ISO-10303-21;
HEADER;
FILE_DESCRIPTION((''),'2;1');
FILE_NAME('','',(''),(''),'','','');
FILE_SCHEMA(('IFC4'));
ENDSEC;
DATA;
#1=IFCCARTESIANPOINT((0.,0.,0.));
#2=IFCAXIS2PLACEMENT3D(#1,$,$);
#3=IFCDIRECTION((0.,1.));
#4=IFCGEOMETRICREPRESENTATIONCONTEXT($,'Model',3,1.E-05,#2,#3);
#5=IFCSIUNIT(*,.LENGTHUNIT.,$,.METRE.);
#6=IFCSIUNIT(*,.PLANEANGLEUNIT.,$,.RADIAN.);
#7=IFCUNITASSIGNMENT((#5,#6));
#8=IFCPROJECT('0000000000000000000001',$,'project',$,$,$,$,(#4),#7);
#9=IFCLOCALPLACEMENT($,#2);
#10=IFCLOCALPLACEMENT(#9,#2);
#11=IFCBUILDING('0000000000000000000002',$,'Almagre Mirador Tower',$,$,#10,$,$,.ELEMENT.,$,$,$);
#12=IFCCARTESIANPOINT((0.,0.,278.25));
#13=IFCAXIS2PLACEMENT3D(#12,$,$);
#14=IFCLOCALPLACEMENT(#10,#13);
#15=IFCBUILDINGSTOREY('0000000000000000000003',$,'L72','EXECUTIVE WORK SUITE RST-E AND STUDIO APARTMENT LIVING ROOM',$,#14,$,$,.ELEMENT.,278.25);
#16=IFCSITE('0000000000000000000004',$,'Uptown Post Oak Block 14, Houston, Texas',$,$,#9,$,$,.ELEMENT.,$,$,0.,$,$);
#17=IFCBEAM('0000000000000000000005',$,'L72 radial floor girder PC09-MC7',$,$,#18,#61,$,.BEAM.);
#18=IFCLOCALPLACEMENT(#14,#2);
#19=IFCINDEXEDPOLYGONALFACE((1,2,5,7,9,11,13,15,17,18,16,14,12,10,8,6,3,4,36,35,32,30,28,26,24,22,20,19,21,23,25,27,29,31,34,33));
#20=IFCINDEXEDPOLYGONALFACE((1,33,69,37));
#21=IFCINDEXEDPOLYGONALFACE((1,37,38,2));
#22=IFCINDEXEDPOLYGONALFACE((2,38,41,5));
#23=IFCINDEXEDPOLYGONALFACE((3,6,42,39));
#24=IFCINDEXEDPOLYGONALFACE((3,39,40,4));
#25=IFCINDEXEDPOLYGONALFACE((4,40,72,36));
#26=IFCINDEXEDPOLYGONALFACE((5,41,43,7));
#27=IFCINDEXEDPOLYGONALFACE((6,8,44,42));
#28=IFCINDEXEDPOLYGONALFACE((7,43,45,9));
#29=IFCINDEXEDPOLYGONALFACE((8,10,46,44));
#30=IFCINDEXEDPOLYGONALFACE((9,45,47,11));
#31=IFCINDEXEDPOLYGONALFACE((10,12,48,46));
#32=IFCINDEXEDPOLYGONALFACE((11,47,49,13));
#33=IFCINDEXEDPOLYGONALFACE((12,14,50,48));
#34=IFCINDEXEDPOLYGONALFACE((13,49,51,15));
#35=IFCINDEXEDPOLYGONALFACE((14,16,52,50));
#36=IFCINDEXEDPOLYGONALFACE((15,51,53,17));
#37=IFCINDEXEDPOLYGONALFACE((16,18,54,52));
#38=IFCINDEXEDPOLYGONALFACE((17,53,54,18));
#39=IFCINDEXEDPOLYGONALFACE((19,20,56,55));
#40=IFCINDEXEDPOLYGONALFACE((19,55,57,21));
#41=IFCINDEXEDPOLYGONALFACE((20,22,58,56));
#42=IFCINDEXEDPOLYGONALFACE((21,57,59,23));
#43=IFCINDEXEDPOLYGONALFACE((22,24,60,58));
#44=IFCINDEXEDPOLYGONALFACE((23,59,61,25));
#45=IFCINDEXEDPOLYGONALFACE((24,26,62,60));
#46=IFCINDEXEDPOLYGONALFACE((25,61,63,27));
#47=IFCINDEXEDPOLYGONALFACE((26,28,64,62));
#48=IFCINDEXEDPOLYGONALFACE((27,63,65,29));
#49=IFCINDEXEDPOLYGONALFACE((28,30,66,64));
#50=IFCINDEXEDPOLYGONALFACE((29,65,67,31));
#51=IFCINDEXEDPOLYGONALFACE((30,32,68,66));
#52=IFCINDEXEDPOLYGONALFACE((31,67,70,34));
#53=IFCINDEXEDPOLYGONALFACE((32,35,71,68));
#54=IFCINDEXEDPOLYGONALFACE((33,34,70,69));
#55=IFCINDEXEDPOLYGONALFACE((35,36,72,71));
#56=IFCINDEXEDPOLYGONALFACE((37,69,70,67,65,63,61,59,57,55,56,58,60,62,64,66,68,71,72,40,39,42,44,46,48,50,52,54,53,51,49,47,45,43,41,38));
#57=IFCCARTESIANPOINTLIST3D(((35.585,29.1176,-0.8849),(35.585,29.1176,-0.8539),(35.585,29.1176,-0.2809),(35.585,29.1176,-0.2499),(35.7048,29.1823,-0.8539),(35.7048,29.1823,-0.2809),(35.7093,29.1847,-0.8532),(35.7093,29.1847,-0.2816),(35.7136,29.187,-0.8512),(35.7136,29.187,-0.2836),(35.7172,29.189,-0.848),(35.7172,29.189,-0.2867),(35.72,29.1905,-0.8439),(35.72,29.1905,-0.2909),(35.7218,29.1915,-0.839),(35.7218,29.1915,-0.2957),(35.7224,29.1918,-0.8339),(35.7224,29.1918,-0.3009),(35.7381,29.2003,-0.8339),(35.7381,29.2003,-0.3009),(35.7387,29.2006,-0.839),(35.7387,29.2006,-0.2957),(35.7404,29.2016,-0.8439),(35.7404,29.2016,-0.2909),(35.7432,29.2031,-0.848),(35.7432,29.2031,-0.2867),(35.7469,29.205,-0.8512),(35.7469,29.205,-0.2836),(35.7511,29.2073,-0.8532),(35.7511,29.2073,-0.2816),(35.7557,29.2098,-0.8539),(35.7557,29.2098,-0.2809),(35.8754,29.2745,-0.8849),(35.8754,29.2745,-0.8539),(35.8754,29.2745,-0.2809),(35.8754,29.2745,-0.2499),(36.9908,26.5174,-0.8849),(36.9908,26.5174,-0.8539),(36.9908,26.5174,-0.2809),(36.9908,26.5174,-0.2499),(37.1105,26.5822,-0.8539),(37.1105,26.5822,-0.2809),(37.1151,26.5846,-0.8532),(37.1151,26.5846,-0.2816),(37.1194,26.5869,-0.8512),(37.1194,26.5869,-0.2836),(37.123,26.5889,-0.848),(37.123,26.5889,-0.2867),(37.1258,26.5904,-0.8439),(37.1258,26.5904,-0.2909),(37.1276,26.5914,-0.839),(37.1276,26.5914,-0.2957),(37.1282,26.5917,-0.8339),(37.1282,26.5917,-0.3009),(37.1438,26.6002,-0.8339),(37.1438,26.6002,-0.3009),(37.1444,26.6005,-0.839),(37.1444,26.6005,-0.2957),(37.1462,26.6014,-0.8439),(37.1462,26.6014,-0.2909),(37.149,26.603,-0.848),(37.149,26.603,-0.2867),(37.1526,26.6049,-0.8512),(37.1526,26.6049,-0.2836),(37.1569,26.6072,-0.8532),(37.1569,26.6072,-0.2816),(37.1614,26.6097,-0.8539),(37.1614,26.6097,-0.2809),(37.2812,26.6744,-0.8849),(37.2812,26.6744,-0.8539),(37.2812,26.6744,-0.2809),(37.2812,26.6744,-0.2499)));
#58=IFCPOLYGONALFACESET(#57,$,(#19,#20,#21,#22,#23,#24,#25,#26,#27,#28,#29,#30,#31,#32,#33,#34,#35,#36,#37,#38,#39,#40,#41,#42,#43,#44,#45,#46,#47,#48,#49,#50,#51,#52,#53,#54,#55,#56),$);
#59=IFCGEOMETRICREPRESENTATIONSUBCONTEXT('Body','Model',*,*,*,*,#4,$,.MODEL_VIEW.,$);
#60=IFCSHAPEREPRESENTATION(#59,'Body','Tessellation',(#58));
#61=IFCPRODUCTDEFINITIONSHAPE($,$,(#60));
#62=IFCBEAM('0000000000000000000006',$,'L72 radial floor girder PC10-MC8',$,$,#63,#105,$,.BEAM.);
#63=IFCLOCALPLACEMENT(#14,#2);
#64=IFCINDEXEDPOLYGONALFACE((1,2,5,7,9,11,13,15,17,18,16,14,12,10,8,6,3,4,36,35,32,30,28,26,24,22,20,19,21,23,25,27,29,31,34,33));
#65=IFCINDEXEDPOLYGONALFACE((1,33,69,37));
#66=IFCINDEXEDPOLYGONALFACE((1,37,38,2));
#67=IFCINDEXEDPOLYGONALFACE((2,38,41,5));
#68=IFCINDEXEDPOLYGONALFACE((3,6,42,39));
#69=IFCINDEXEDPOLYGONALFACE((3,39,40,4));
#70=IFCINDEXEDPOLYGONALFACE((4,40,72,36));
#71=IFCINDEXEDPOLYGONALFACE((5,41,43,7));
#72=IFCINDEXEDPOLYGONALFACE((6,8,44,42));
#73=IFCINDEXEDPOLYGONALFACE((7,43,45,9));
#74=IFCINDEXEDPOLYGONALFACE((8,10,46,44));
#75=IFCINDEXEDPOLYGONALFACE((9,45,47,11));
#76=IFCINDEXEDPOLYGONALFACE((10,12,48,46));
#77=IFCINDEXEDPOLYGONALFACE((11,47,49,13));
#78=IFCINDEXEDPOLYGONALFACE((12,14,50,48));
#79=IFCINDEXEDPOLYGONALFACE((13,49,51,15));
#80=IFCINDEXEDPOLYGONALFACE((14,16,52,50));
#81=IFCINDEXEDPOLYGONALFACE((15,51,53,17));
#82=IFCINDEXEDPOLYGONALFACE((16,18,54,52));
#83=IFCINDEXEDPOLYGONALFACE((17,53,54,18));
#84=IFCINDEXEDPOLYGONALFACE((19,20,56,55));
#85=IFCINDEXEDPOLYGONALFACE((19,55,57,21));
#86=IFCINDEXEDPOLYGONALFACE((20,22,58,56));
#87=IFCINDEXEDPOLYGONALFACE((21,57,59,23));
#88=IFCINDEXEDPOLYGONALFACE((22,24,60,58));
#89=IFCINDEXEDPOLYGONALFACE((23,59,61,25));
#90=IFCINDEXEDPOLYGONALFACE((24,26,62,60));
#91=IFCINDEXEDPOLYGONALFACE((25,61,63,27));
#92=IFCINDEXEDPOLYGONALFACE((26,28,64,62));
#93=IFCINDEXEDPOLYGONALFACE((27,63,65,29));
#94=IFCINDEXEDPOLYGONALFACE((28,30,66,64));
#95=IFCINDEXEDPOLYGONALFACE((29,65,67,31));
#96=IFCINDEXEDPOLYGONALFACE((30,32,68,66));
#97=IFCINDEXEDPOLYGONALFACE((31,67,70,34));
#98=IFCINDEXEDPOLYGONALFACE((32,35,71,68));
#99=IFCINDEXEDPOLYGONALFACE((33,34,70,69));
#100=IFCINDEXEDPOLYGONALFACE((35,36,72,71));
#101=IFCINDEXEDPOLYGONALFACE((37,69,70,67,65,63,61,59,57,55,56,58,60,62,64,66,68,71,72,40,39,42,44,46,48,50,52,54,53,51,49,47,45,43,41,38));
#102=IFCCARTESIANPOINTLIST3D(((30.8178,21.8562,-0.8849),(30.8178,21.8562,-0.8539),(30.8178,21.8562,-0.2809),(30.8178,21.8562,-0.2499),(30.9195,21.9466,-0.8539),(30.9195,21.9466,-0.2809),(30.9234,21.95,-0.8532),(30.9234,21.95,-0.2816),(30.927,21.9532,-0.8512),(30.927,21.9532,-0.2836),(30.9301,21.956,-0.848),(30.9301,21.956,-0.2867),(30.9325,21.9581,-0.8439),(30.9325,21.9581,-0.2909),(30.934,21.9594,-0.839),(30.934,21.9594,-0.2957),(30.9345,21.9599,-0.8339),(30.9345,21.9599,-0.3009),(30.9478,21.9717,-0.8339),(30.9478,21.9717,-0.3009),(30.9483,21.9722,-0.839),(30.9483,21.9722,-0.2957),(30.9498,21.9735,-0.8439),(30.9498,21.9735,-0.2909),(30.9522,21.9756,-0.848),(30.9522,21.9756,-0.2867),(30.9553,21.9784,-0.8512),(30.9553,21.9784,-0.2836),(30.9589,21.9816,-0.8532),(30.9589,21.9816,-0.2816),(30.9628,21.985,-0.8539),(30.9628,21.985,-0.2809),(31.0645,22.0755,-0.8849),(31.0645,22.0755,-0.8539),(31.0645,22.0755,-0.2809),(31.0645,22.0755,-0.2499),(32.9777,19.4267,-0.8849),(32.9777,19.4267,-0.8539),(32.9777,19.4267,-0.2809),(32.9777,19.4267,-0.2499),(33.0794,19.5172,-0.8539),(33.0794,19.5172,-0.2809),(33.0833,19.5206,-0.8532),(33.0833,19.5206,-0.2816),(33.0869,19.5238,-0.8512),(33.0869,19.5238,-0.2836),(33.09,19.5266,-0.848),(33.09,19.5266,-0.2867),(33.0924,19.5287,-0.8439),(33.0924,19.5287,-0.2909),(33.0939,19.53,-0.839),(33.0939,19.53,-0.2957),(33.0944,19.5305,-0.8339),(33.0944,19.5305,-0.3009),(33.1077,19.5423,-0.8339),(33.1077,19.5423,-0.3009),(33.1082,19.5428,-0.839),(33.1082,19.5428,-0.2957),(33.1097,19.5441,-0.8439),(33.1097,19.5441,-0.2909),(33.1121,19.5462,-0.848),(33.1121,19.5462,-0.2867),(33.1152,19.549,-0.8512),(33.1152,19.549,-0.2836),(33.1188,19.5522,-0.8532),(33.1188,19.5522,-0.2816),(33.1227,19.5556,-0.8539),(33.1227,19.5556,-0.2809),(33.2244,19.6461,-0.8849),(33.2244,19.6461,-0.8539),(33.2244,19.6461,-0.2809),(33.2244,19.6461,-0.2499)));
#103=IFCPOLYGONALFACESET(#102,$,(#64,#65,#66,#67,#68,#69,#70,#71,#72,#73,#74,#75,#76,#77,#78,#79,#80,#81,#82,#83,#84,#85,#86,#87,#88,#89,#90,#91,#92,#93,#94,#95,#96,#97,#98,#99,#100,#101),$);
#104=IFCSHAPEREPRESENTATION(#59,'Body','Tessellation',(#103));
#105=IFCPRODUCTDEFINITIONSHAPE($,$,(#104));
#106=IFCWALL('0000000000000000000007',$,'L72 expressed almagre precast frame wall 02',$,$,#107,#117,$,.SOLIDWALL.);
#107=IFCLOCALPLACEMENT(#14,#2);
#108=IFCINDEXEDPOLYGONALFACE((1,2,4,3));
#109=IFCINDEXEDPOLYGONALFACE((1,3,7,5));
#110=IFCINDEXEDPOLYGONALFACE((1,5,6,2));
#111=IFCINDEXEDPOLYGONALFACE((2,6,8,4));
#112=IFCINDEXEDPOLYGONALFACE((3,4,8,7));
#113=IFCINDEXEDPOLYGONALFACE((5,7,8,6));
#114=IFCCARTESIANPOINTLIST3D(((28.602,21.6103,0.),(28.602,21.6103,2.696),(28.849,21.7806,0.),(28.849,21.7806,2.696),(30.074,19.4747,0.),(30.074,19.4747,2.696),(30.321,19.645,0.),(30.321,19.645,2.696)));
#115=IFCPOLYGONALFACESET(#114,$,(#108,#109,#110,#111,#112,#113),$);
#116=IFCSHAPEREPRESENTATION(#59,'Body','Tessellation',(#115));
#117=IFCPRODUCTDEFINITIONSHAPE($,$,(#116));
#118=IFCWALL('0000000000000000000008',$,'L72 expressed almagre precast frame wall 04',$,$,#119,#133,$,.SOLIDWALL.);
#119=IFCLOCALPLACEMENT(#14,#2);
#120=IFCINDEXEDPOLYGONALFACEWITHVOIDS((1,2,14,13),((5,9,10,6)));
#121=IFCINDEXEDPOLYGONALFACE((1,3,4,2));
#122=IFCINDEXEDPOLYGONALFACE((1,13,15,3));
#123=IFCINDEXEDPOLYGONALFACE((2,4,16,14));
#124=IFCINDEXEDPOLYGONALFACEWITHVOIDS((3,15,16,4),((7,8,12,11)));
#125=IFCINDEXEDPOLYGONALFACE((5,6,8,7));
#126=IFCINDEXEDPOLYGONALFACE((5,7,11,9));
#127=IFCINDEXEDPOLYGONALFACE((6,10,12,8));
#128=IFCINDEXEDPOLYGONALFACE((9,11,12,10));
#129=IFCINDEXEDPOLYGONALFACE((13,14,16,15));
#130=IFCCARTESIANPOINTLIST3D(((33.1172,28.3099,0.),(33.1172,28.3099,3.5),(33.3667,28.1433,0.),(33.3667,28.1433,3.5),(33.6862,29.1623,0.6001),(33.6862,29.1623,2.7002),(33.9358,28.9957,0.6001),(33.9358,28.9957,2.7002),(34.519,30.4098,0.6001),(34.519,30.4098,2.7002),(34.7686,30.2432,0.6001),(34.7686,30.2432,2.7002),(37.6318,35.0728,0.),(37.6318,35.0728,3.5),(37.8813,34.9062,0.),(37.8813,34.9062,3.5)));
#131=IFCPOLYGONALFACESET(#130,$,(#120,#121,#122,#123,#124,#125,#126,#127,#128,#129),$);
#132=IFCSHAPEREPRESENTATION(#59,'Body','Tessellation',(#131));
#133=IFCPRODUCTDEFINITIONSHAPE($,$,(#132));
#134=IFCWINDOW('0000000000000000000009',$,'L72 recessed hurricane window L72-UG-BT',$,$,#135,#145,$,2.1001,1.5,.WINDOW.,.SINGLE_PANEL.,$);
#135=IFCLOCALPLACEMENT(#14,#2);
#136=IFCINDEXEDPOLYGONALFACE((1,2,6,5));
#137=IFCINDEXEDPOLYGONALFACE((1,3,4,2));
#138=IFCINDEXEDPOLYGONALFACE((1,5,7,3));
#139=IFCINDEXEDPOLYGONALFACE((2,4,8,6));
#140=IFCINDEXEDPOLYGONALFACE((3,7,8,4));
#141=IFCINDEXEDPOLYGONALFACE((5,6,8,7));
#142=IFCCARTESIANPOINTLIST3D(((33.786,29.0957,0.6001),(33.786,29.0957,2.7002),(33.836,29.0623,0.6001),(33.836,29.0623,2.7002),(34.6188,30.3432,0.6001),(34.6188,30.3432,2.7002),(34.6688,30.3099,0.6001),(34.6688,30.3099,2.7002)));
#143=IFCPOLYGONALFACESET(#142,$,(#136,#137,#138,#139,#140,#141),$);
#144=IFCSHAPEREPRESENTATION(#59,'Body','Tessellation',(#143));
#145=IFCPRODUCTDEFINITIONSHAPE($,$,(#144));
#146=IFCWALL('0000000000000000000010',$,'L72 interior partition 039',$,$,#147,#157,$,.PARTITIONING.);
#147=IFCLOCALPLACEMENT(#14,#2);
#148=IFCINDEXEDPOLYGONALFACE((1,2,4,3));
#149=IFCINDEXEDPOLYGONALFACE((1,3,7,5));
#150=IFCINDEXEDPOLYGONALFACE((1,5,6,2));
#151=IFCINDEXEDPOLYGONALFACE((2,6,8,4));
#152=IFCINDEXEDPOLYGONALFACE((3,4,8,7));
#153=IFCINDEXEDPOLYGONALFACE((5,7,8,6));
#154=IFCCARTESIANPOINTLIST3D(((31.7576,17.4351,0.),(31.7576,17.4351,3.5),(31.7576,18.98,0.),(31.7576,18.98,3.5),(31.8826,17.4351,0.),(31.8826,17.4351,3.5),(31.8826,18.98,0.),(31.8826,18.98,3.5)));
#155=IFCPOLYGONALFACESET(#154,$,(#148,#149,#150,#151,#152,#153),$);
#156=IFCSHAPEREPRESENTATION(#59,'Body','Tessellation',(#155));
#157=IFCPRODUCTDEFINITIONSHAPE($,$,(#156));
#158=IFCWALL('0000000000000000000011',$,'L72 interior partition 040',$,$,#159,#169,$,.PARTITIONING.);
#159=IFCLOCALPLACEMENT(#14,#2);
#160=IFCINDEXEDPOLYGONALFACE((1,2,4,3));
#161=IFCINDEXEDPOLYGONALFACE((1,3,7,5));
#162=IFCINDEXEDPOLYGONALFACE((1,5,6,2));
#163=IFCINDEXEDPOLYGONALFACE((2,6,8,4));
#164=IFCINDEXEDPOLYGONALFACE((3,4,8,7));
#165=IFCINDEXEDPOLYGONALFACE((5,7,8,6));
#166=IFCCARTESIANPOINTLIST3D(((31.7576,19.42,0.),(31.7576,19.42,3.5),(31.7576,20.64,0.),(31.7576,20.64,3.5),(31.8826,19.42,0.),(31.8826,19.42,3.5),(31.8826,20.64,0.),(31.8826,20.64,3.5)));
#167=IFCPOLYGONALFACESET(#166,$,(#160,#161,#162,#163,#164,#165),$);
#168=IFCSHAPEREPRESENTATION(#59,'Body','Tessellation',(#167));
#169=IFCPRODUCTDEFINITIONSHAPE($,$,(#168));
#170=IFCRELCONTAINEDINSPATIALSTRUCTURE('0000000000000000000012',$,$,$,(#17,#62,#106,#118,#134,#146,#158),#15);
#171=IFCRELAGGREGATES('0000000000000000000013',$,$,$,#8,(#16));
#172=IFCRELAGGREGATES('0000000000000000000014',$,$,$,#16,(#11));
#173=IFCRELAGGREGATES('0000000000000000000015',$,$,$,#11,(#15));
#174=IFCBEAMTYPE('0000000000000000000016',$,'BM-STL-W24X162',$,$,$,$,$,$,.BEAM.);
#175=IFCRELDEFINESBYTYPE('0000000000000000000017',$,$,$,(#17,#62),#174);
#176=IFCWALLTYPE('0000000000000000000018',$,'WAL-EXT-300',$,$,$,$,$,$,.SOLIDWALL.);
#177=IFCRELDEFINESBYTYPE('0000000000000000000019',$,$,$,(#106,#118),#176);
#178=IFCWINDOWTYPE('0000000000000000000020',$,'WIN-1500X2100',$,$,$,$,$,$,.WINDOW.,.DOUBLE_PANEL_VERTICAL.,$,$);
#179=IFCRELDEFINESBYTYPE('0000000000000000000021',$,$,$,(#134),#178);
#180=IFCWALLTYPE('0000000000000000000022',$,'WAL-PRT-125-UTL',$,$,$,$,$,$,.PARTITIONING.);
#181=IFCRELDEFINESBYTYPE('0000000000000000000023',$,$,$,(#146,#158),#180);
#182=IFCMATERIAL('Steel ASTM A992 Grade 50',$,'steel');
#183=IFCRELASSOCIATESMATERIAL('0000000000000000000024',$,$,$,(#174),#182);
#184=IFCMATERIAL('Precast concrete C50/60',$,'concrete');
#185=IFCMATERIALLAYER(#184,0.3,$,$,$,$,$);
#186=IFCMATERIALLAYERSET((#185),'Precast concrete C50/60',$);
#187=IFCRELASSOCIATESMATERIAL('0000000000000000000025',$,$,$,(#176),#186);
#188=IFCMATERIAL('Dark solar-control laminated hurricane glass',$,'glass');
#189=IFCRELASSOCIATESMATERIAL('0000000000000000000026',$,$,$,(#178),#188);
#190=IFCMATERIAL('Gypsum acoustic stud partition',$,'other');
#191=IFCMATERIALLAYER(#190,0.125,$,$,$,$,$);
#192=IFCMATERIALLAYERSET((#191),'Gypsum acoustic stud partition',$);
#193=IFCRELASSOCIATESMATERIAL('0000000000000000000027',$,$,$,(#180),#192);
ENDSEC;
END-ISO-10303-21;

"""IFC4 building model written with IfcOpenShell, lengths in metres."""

from ifc_helpers import new_model, si_unit, direction, frame, frame_2d, origin, origin_2d, place, context, subcontext, project, spatial, rectangle, i_section, extrude, material, layer, layer_set, material_profile, profile_set, type_object, element, fill, save


model = new_model("IFC4")

# Units and contexts
model_context = context("Model", 3, precision=1e-05, world=origin(), true_north=direction((0.0, 1.0)))
body_context = subcontext(model_context, "Body", "Model", "MODEL_VIEW")
ifc_project = project(units=[si_unit("LENGTHUNIT", "METRE"), si_unit("PLANEANGLEUNIT", "RADIAN")], contexts=[model_context])

# Site, building, storey
site_placement = place(None, origin())
site = spatial("IfcSite", under=ifc_project, at=site_placement, Name="Uptown Post Oak Block 14, Houston, Texas", CompositionType="ELEMENT", RefElevation=0.0)
building_placement = place(site_placement, origin())
building = spatial("IfcBuilding", under=site, at=building_placement, Name="Almagre Mirador Tower", CompositionType="ELEMENT")
storey_placement = place(building_placement, frame((0.0, 0.0, 278.25)))
storey = spatial("IfcBuildingStorey", under=building, at=storey_placement, Name="L72", Description="EXECUTIVE WORK SUITE RST-E AND STUDIO APARTMENT LIVING ROOM", CompositionType="ELEMENT", Elevation=278.25)

# Beams
ifc_material_1 = material(Name="Steel ASTM A992 Grade 50", Category="steel")
ifc_material_profile_1 = material_profile(ifc_material_1, i_section(OverallWidth=0.3301, OverallDepth=0.635, WebThickness=0.0178, FlangeThickness=0.031, FilletRadius=0.02, at=origin_2d()), Name="W24X162")
ifc_profile_set_1 = profile_set([ifc_material_profile_1], Name="Steel ASTM A992 Grade 50")
beam_type_1 = type_object("IfcBeamType", Name="BM-STL-W24X162", PredefinedType="BEAM", material=ifc_profile_set_1)
beam_1_placement = place(storey_placement, frame((35.7302, 29.196, -0.5674), z_axis=(0.475597, -0.879664, 0.0), x_axis=(0.879664, 0.475597, 0.0)))
element("IfcBeam", 1, at=beam_1_placement, inside=storey, type_object=beam_type_1, Name="L72 radial floor girder PC09-MC7", PredefinedType="BEAM", context=body_context, shape_type="SweptSolid", body=[
    extrude(i_section(OverallWidth=0.3301, OverallDepth=0.635, WebThickness=0.0178, FlangeThickness=0.031, FilletRadius=0.02, at=origin_2d()), origin(), (0.0, 0.0, 1.0), 2.9558),
])
beam_2_placement = place(storey_placement, frame((30.9412, 21.9658, -0.5674), z_axis=(0.664434, -0.747347, 0.0), x_axis=(0.747347, 0.664434, 0.0)))
element("IfcBeam", 2, at=beam_2_placement, inside=storey, type_object=beam_type_1, Name="L72 radial floor girder PC10-MC8", PredefinedType="BEAM", context=body_context, shape_type="SweptSolid", body=[
    extrude(i_section(OverallWidth=0.3301, OverallDepth=0.635, WebThickness=0.0178, FlangeThickness=0.031, FilletRadius=0.02, at=origin_2d()), origin(), (0.0, 0.0, 1.0), 3.2507),
])

# Wall
ifc_material_2 = material(Name="Precast concrete C50/60", Category="concrete")
ifc_layer_1 = layer(ifc_material_2, 0.3)
ifc_layer_set_1 = layer_set([ifc_layer_1], Name="Precast concrete C50/60")
wall_type_1 = type_object("IfcWallType", Name="WAL-EXT-300", PredefinedType="SOLIDWALL", material=ifc_layer_set_1)
wall_1_placement = place(storey_placement, frame((30.1975, 19.5598, 0.0), z_axis=(0.0, 0.0, 1.0), x_axis=(-0.567515, 0.823363, 0.0)))
element("IfcWall", 3, at=wall_1_placement, inside=storey, type_object=wall_type_1, Name="L72 expressed almagre precast frame wall 02", PredefinedType="SOLIDWALL", context=body_context, shape_type="SweptSolid", body=[
    extrude(rectangle(XDim=2.5938, YDim=0.3, at=frame_2d((1.2969, 0.0))), origin(), (0.0, 0.0, 1.0), 2.696),
])

# Wall, opening, window
wall_2_placement = place(storey_placement, frame((33.2419, 28.2266, 0.0), z_axis=(0.0, 0.0, 1.0), x_axis=(0.555213, 0.831708, 0.0)))
wall_2 = element("IfcWall", 4, at=wall_2_placement, inside=storey, type_object=wall_type_1, Name="L72 expressed almagre precast frame wall 04", PredefinedType="SOLIDWALL", context=body_context, shape_type="SweptSolid", body=[
    extrude(rectangle(XDim=8.1313, YDim=0.3, at=frame_2d((4.0657, 0.0))), origin(), (0.0, 0.0, 1.0), 3.5),
])
opening_1_placement = place(wall_2_placement, frame((1.0249, 0.0, 0.6001)))
opening_1 = element("IfcOpeningElement", 5, at=opening_1_placement, cuts=wall_2, PredefinedType="OPENING", context=body_context, shape_type="SweptSolid", body=[
    extrude(rectangle(XDim=1.5, YDim=2.1001, at=frame_2d((0.75, 1.05))), frame((0.0, 0.1599, 0.0), z_axis=(0.0, -1.0, 0.0), x_axis=(1.0, 0.0, 0.0)), (0.0, 0.0, 1.0), 0.32),
])
ifc_material_3 = material(Name="Dark solar-control laminated hurricane glass", Category="glass")
window_type = type_object("IfcWindowType", Name="WIN-1500X2100", PartitioningType="DOUBLE_PANEL_VERTICAL", PredefinedType="WINDOW", material=ifc_material_3)
window_placement = place(opening_1_placement, origin())
window = element("IfcWindow", 6, at=window_placement, inside=storey, type_object=window_type, Name="L72 recessed hurricane window L72-UG-BT", OverallHeight=2.1001, OverallWidth=1.5, PartitioningType="SINGLE_PANEL", PredefinedType="WINDOW", context=body_context, shape_type="SweptSolid", body=[
    extrude(rectangle(XDim=1.5, YDim=2.1001, at=frame_2d((0.75, 1.05))), frame((0.0, 0.03, 0.0), z_axis=(0.0, -1.0, 0.0), x_axis=(1.0, 0.0, 0.0)), (0.0, 0.0, 1.0), 0.0601),
])
fill(opening_1, window)

# Walls
ifc_material_4 = material(Name="Gypsum acoustic stud partition", Category="other")
ifc_layer_2 = layer(ifc_material_4, 0.125)
ifc_layer_set_2 = layer_set([ifc_layer_2], Name="Gypsum acoustic stud partition")
wall_type_2 = type_object("IfcWallType", Name="WAL-PRT-125-UTL", PredefinedType="PARTITIONING", material=ifc_layer_set_2)
wall_3_placement = place(storey_placement, frame((31.8201, 18.98, 0.0), z_axis=(0.0, 0.0, 1.0), x_axis=(0.0, -1.0, 0.0)))
element("IfcWall", 7, at=wall_3_placement, inside=storey, type_object=wall_type_2, Name="L72 interior partition 039", PredefinedType="PARTITIONING", context=body_context, shape_type="SweptSolid", body=[
    extrude(rectangle(XDim=1.5449, YDim=0.125, at=frame_2d((0.7725, 0.0))), origin(), (0.0, 0.0, 1.0), 3.5),
])
wall_4_placement = place(storey_placement, frame((31.8201, 20.6399, 0.0), z_axis=(0.0, 0.0, 1.0), x_axis=(0.0, -1.0, 0.0)))
element("IfcWall", 8, at=wall_4_placement, inside=storey, type_object=wall_type_2, Name="L72 interior partition 040", PredefinedType="PARTITIONING", context=body_context, shape_type="SweptSolid", body=[
    extrude(rectangle(XDim=1.22, YDim=0.125, at=frame_2d((0.6099, 0.0))), origin(), (0.0, 0.0, 1.0), 3.5),
])

save(model, "model.ifc")
